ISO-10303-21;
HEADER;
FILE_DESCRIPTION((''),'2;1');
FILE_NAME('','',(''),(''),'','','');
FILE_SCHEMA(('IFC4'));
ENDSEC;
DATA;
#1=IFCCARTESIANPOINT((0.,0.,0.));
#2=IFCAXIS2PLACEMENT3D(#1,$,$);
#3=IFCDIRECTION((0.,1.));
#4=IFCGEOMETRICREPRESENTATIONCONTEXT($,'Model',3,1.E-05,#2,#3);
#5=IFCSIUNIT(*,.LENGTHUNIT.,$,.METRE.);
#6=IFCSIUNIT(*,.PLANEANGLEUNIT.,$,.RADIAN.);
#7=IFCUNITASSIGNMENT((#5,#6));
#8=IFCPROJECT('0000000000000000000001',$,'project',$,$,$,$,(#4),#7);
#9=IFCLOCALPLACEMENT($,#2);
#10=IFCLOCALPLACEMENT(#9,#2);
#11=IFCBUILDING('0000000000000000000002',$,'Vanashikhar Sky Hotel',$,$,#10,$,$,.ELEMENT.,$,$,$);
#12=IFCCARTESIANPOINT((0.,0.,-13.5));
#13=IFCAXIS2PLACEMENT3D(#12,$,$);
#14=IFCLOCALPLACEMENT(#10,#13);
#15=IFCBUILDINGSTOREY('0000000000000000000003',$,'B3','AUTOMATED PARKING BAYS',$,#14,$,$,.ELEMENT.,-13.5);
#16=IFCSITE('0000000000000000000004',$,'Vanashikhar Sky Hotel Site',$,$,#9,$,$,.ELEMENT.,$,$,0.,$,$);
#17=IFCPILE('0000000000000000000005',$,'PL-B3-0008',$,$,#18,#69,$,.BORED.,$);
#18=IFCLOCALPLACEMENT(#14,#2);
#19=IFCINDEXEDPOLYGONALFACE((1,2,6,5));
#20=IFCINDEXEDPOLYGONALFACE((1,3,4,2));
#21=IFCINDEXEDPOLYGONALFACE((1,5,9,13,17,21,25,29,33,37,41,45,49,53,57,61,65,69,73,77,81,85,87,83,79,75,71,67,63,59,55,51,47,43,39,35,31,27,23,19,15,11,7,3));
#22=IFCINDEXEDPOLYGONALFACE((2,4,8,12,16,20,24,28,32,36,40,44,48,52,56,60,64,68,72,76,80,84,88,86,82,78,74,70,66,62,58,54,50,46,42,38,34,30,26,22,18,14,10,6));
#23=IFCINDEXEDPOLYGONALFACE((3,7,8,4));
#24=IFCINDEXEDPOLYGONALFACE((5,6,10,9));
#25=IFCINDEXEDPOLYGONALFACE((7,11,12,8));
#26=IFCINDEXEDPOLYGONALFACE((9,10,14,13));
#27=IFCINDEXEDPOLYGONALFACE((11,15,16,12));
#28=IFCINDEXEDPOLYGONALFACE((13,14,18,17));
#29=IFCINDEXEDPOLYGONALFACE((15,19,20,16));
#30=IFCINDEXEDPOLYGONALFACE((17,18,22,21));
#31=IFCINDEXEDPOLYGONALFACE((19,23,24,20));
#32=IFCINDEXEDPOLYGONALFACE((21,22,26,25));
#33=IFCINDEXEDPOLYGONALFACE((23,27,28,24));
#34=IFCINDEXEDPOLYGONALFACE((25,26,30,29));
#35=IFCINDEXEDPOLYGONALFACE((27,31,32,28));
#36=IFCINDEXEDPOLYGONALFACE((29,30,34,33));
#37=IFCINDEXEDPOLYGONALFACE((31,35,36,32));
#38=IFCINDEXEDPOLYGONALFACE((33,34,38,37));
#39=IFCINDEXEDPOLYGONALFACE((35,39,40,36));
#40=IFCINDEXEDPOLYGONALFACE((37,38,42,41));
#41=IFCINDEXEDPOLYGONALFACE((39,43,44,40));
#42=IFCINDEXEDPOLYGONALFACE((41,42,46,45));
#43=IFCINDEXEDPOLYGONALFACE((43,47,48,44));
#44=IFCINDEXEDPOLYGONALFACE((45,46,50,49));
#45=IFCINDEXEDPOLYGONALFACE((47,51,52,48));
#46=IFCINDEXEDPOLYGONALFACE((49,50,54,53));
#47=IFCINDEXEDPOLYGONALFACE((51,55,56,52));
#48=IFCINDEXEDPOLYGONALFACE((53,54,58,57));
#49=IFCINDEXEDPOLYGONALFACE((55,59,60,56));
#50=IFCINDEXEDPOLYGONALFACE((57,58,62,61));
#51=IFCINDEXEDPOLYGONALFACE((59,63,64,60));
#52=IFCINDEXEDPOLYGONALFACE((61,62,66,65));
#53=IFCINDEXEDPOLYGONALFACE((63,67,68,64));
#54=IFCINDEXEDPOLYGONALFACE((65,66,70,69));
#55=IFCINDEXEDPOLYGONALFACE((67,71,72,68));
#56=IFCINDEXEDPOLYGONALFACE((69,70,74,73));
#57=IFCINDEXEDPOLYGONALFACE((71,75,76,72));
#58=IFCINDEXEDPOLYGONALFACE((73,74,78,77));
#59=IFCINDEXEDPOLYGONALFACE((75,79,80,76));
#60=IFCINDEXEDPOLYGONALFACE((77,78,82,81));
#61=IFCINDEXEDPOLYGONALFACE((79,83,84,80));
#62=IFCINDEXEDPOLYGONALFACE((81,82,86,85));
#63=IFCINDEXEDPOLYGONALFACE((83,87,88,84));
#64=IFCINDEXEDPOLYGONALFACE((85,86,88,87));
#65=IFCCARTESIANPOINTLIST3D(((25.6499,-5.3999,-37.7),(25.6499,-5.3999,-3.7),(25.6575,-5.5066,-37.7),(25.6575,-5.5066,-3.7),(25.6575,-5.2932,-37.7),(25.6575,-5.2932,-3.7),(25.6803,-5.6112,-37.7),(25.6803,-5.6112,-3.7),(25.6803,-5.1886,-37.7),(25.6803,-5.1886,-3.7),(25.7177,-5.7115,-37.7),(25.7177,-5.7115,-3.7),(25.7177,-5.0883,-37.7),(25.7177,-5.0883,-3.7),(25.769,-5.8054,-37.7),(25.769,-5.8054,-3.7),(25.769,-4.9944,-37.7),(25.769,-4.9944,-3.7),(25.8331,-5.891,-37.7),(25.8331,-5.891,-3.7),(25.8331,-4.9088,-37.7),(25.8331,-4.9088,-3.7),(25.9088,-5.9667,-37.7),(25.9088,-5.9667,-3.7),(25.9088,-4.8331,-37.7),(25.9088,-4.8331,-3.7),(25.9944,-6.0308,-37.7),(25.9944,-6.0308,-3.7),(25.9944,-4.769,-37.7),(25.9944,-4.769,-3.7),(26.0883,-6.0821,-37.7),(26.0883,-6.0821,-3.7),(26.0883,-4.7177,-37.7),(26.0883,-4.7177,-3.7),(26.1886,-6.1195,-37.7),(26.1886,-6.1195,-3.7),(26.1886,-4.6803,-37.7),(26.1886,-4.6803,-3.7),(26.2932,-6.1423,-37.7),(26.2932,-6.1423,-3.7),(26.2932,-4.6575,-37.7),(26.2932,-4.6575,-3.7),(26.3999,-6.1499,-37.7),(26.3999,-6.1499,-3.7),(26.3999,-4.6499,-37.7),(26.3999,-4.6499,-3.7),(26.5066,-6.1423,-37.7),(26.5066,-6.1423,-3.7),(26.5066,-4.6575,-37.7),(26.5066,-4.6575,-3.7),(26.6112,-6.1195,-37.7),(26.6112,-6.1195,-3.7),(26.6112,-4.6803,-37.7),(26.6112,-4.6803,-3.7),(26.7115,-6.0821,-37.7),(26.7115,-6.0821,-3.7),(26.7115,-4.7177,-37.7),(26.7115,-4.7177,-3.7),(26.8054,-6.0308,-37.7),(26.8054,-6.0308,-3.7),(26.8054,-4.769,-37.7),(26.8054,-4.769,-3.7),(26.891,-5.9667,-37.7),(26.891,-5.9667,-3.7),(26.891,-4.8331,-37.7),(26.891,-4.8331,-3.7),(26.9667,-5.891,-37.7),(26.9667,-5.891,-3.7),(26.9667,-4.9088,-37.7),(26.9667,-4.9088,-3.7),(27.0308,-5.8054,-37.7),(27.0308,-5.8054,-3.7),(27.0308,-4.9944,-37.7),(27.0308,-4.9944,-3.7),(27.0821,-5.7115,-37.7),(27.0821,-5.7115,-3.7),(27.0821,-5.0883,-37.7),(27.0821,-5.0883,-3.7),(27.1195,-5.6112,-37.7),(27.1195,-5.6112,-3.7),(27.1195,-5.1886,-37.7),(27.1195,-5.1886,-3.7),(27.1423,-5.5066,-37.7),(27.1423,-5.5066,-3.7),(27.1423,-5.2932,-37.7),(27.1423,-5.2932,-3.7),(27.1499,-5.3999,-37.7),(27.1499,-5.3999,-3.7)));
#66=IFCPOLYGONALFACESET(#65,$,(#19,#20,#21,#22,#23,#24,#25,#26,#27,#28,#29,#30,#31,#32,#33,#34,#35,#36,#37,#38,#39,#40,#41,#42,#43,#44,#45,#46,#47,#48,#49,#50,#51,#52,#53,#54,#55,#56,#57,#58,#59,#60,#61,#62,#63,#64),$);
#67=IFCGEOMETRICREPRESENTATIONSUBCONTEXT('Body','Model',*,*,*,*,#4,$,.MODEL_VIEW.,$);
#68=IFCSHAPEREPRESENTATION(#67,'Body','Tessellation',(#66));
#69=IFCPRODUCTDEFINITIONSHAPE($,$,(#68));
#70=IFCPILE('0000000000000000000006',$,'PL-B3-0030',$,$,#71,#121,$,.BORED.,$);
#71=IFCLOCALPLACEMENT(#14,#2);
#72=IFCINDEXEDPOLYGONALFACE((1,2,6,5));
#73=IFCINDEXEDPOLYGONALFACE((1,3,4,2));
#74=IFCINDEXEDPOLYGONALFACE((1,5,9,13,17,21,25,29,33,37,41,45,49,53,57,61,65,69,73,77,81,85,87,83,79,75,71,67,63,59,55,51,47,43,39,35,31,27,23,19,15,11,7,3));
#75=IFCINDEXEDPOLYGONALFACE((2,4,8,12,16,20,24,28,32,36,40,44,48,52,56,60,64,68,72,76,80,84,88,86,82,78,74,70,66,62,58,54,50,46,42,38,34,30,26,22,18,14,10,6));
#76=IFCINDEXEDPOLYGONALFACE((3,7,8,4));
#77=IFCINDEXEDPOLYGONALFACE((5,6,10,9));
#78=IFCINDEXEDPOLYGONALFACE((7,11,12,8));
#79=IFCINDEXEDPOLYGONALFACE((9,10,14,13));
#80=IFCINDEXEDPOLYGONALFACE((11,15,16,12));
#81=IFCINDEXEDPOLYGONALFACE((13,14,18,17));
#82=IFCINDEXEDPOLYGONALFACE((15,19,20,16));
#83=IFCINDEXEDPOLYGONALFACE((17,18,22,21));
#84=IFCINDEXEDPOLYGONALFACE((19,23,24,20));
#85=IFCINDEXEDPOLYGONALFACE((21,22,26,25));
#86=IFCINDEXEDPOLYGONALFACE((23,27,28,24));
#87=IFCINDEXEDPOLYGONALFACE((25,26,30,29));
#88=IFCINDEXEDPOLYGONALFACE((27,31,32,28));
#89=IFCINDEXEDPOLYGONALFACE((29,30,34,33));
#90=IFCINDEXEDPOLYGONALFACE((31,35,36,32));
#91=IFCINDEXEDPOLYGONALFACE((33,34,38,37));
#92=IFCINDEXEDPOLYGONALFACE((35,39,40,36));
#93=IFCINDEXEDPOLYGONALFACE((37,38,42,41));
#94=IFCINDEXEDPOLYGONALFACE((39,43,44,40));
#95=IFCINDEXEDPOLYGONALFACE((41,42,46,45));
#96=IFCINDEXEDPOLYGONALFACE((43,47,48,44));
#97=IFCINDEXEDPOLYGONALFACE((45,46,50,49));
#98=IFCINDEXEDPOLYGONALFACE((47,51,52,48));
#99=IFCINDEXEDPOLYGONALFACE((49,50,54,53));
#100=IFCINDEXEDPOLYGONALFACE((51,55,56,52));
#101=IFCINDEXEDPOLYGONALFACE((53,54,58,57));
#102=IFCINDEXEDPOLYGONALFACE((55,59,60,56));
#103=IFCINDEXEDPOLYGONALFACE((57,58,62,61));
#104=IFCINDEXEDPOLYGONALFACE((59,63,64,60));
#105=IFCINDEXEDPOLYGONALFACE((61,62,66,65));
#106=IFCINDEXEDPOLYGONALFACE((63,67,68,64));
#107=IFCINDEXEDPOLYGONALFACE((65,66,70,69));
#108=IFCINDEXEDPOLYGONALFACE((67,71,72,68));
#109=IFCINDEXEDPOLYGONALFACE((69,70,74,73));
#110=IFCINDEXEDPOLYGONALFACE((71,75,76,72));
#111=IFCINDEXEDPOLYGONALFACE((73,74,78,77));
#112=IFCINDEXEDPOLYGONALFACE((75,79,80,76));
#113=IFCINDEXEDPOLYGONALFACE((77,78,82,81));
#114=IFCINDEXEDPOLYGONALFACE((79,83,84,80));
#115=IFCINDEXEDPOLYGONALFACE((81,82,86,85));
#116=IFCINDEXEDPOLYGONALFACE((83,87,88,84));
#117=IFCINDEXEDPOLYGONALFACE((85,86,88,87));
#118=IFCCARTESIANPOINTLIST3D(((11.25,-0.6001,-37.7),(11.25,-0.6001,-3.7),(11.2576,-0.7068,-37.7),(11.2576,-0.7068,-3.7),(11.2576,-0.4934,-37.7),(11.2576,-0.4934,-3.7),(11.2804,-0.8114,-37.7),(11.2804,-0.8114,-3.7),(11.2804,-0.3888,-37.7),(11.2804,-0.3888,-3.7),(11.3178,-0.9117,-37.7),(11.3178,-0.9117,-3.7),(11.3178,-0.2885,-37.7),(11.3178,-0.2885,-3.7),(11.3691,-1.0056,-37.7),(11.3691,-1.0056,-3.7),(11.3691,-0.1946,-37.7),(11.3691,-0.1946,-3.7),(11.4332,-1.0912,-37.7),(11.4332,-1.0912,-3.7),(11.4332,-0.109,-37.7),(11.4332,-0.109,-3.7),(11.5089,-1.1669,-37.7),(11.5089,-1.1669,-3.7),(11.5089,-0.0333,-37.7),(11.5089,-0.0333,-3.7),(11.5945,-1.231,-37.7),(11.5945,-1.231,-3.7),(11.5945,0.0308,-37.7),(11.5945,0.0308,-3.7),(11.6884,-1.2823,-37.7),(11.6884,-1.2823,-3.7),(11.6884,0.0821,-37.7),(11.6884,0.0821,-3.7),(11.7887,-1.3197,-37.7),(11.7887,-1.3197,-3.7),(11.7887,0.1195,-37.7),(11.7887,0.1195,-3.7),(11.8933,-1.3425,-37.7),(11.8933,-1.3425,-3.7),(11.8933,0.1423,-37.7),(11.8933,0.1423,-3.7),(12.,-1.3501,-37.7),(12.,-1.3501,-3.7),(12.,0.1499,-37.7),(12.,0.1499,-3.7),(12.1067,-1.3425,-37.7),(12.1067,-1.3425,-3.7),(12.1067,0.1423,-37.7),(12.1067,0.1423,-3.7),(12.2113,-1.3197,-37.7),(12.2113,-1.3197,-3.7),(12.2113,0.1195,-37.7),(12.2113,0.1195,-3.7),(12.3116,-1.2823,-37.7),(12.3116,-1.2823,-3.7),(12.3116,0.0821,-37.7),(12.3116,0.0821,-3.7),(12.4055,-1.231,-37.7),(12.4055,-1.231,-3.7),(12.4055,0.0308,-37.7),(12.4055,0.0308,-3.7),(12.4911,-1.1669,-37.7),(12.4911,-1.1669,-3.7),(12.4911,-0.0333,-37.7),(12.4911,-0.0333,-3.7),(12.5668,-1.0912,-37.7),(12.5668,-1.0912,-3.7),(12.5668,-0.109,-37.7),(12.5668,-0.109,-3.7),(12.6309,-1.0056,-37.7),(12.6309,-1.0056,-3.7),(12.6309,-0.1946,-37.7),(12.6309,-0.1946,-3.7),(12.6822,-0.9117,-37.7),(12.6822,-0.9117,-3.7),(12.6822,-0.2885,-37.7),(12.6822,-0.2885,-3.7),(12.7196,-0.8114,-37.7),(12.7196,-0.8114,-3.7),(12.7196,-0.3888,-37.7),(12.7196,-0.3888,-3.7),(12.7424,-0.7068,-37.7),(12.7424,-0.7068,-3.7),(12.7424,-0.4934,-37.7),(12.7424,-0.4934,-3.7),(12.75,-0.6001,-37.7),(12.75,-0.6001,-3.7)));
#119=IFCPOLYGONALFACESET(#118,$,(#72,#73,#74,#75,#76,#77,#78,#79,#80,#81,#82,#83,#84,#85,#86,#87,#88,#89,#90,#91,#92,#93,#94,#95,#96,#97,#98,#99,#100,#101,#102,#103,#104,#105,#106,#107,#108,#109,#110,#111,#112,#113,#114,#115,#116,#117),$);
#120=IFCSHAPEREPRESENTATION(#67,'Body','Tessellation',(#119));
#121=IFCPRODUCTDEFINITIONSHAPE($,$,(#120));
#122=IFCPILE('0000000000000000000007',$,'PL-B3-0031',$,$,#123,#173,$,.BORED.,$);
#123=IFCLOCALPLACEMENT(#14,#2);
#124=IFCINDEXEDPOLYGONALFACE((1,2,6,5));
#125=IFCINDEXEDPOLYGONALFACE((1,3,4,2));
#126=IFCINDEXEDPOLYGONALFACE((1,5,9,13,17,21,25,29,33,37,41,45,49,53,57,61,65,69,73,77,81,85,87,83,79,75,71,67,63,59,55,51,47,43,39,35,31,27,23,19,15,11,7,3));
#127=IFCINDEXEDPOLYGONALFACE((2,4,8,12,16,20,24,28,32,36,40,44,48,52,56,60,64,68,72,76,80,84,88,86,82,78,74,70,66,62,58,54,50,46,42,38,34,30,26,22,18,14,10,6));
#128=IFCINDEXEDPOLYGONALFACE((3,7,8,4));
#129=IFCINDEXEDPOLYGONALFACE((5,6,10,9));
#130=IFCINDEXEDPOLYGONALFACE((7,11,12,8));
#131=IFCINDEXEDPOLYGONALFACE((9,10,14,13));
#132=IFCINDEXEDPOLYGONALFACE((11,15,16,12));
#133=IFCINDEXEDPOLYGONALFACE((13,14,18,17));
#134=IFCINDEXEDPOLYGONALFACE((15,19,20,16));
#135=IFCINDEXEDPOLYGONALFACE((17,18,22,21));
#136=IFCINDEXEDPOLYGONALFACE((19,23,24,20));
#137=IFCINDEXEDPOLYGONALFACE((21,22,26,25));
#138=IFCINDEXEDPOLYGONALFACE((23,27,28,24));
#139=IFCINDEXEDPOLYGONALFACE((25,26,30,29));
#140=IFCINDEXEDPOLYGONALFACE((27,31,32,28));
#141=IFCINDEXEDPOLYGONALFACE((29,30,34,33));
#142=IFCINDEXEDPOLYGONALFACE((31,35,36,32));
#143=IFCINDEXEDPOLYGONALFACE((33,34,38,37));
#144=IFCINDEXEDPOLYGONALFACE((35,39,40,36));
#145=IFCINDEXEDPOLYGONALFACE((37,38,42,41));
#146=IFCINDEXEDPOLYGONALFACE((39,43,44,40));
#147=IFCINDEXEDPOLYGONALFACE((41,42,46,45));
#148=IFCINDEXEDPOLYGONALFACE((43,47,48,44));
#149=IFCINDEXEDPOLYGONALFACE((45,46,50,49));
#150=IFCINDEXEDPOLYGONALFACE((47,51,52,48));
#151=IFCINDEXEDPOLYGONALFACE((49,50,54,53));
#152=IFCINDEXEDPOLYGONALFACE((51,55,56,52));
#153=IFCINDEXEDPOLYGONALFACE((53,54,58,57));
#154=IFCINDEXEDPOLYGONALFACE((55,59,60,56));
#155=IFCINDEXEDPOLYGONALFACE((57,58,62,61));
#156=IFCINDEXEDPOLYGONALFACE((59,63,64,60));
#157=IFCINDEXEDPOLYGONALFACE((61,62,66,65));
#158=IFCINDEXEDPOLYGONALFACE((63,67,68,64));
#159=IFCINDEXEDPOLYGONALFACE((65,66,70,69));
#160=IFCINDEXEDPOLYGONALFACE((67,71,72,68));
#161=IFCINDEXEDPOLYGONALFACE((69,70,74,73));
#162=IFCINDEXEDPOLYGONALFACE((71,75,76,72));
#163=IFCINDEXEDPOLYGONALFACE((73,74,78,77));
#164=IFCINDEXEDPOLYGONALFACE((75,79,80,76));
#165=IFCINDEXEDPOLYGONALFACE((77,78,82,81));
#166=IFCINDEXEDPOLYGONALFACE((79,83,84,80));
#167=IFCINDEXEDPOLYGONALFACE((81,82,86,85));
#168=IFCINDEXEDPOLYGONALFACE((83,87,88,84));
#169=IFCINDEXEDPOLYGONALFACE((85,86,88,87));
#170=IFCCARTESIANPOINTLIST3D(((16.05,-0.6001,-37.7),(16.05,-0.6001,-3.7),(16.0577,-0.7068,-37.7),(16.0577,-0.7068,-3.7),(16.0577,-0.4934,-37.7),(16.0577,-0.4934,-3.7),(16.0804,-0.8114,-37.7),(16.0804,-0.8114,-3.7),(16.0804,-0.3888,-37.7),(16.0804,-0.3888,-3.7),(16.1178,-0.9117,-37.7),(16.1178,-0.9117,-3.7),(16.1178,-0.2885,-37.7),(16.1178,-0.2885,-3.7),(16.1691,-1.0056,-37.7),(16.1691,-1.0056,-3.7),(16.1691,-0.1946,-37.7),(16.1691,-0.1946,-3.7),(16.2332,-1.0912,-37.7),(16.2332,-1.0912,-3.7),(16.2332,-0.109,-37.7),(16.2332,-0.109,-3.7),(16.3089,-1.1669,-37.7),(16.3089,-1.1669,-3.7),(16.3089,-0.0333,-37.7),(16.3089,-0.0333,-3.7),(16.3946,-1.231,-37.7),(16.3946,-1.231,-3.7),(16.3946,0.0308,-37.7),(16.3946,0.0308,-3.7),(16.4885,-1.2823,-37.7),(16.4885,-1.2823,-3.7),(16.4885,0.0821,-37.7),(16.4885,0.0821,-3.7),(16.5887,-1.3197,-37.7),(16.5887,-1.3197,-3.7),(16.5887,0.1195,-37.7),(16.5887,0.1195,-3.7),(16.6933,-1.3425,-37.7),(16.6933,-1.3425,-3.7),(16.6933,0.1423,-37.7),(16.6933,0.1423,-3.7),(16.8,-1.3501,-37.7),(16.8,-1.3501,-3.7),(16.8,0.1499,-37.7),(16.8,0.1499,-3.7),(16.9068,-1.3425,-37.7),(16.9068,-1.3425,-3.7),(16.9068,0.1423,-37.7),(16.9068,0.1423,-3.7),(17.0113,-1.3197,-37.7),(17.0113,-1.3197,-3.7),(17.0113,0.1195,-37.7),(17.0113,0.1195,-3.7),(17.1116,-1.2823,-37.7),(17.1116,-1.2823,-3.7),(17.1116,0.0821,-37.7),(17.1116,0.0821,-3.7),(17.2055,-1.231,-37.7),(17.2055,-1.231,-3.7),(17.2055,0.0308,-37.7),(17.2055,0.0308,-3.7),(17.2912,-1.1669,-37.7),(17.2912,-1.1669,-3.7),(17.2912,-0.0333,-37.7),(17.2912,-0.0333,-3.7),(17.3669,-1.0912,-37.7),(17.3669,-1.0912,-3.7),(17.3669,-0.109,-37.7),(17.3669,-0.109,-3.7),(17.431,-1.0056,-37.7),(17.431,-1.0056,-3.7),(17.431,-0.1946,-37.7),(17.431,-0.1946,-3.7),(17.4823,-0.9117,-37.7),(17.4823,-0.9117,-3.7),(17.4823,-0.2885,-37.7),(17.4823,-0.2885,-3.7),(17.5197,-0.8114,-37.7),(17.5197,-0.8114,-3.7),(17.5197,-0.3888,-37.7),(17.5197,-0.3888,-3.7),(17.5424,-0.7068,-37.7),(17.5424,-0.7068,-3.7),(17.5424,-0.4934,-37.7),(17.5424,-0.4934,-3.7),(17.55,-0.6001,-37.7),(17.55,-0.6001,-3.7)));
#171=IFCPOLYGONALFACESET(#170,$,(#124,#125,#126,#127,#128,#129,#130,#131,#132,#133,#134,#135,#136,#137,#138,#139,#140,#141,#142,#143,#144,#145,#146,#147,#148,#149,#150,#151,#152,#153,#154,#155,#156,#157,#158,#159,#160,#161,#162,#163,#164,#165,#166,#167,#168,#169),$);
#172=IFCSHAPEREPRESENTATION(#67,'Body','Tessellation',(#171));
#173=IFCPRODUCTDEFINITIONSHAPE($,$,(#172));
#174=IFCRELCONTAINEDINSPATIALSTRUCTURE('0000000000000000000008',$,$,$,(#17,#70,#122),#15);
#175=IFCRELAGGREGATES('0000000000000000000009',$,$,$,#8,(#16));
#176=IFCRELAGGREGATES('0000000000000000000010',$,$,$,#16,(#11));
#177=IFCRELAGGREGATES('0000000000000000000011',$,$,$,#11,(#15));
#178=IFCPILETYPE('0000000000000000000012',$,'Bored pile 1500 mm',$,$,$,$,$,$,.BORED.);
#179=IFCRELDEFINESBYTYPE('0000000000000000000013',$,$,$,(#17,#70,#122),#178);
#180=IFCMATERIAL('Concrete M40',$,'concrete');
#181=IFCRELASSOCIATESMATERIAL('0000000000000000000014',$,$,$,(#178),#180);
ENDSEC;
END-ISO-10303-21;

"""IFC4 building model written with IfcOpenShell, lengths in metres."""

from ifc_helpers import new_model, si_unit, direction, frame, origin, origin_2d, place, context, subcontext, project, spatial, circle, extrude, source, transform, mapped, material, type_object, element, save


model = new_model("IFC4")

# Units and contexts
model_context = context("Model", 3, precision=1e-05, world=origin(), true_north=direction((0.0, 1.0)))
body_context = subcontext(model_context, "Body", "Model", "MODEL_VIEW")
ifc_project = project(units=[si_unit("LENGTHUNIT", "METRE"), si_unit("PLANEANGLEUNIT", "RADIAN")], contexts=[model_context])

# Site, building, storey
site_placement = place(None, origin())
site = spatial("IfcSite", under=ifc_project, at=site_placement, Name="Vanashikhar Sky Hotel Site", CompositionType="ELEMENT", RefElevation=0.0)
building_placement = place(site_placement, origin())
building = spatial("IfcBuilding", under=site, at=building_placement, Name="Vanashikhar Sky Hotel", CompositionType="ELEMENT")
storey_placement = place(building_placement, frame((0.0, 0.0, -13.5)))
storey = spatial("IfcBuildingStorey", under=building, at=storey_placement, Name="B3", Description="AUTOMATED PARKING BAYS", CompositionType="ELEMENT", Elevation=-13.5)

# Piles
ifc_material_1 = material(Name="Concrete M40", Category="concrete")
pile_type = type_object("IfcPileType", Name="Bored pile 1500 mm", PredefinedType="BORED", material=ifc_material_1)
shared_shape_1 = source(origin(), body_context, "Body", "SweptSolid", [
    extrude(circle(Radius=0.75, at=origin_2d()), origin(), (0.0, 0.0, 1.0), 34.0),
])
for number, where, z_axis, x_axis, name in (
    (1, (26.3999, -5.3999, -3.7), (0.0, 0.0, -1.0), (1.0, 0.0, 0.0), "PL-B3-0008"),
    (2, (12.0, -0.6001, -3.7), (0.0, 0.0, -1.0), (1.0, 0.0, 0.0), "PL-B3-0030"),
    (3, (16.8, -0.6001, -3.7), (0.0, 0.0, -1.0), (1.0, 0.0, 0.0), "PL-B3-0031"),
):
    element("IfcPile", number, at=place(storey_placement, frame(where, z_axis=z_axis, x_axis=x_axis)), inside=storey, type_object=pile_type, Name=name, PredefinedType="BORED", context=body_context, shape_type="MappedRepresentation", body=[
        mapped(shared_shape_1, transform((0.0, 0.0, 0.0), scale=1.0)),
    ])

save(model, "model.ifc")
